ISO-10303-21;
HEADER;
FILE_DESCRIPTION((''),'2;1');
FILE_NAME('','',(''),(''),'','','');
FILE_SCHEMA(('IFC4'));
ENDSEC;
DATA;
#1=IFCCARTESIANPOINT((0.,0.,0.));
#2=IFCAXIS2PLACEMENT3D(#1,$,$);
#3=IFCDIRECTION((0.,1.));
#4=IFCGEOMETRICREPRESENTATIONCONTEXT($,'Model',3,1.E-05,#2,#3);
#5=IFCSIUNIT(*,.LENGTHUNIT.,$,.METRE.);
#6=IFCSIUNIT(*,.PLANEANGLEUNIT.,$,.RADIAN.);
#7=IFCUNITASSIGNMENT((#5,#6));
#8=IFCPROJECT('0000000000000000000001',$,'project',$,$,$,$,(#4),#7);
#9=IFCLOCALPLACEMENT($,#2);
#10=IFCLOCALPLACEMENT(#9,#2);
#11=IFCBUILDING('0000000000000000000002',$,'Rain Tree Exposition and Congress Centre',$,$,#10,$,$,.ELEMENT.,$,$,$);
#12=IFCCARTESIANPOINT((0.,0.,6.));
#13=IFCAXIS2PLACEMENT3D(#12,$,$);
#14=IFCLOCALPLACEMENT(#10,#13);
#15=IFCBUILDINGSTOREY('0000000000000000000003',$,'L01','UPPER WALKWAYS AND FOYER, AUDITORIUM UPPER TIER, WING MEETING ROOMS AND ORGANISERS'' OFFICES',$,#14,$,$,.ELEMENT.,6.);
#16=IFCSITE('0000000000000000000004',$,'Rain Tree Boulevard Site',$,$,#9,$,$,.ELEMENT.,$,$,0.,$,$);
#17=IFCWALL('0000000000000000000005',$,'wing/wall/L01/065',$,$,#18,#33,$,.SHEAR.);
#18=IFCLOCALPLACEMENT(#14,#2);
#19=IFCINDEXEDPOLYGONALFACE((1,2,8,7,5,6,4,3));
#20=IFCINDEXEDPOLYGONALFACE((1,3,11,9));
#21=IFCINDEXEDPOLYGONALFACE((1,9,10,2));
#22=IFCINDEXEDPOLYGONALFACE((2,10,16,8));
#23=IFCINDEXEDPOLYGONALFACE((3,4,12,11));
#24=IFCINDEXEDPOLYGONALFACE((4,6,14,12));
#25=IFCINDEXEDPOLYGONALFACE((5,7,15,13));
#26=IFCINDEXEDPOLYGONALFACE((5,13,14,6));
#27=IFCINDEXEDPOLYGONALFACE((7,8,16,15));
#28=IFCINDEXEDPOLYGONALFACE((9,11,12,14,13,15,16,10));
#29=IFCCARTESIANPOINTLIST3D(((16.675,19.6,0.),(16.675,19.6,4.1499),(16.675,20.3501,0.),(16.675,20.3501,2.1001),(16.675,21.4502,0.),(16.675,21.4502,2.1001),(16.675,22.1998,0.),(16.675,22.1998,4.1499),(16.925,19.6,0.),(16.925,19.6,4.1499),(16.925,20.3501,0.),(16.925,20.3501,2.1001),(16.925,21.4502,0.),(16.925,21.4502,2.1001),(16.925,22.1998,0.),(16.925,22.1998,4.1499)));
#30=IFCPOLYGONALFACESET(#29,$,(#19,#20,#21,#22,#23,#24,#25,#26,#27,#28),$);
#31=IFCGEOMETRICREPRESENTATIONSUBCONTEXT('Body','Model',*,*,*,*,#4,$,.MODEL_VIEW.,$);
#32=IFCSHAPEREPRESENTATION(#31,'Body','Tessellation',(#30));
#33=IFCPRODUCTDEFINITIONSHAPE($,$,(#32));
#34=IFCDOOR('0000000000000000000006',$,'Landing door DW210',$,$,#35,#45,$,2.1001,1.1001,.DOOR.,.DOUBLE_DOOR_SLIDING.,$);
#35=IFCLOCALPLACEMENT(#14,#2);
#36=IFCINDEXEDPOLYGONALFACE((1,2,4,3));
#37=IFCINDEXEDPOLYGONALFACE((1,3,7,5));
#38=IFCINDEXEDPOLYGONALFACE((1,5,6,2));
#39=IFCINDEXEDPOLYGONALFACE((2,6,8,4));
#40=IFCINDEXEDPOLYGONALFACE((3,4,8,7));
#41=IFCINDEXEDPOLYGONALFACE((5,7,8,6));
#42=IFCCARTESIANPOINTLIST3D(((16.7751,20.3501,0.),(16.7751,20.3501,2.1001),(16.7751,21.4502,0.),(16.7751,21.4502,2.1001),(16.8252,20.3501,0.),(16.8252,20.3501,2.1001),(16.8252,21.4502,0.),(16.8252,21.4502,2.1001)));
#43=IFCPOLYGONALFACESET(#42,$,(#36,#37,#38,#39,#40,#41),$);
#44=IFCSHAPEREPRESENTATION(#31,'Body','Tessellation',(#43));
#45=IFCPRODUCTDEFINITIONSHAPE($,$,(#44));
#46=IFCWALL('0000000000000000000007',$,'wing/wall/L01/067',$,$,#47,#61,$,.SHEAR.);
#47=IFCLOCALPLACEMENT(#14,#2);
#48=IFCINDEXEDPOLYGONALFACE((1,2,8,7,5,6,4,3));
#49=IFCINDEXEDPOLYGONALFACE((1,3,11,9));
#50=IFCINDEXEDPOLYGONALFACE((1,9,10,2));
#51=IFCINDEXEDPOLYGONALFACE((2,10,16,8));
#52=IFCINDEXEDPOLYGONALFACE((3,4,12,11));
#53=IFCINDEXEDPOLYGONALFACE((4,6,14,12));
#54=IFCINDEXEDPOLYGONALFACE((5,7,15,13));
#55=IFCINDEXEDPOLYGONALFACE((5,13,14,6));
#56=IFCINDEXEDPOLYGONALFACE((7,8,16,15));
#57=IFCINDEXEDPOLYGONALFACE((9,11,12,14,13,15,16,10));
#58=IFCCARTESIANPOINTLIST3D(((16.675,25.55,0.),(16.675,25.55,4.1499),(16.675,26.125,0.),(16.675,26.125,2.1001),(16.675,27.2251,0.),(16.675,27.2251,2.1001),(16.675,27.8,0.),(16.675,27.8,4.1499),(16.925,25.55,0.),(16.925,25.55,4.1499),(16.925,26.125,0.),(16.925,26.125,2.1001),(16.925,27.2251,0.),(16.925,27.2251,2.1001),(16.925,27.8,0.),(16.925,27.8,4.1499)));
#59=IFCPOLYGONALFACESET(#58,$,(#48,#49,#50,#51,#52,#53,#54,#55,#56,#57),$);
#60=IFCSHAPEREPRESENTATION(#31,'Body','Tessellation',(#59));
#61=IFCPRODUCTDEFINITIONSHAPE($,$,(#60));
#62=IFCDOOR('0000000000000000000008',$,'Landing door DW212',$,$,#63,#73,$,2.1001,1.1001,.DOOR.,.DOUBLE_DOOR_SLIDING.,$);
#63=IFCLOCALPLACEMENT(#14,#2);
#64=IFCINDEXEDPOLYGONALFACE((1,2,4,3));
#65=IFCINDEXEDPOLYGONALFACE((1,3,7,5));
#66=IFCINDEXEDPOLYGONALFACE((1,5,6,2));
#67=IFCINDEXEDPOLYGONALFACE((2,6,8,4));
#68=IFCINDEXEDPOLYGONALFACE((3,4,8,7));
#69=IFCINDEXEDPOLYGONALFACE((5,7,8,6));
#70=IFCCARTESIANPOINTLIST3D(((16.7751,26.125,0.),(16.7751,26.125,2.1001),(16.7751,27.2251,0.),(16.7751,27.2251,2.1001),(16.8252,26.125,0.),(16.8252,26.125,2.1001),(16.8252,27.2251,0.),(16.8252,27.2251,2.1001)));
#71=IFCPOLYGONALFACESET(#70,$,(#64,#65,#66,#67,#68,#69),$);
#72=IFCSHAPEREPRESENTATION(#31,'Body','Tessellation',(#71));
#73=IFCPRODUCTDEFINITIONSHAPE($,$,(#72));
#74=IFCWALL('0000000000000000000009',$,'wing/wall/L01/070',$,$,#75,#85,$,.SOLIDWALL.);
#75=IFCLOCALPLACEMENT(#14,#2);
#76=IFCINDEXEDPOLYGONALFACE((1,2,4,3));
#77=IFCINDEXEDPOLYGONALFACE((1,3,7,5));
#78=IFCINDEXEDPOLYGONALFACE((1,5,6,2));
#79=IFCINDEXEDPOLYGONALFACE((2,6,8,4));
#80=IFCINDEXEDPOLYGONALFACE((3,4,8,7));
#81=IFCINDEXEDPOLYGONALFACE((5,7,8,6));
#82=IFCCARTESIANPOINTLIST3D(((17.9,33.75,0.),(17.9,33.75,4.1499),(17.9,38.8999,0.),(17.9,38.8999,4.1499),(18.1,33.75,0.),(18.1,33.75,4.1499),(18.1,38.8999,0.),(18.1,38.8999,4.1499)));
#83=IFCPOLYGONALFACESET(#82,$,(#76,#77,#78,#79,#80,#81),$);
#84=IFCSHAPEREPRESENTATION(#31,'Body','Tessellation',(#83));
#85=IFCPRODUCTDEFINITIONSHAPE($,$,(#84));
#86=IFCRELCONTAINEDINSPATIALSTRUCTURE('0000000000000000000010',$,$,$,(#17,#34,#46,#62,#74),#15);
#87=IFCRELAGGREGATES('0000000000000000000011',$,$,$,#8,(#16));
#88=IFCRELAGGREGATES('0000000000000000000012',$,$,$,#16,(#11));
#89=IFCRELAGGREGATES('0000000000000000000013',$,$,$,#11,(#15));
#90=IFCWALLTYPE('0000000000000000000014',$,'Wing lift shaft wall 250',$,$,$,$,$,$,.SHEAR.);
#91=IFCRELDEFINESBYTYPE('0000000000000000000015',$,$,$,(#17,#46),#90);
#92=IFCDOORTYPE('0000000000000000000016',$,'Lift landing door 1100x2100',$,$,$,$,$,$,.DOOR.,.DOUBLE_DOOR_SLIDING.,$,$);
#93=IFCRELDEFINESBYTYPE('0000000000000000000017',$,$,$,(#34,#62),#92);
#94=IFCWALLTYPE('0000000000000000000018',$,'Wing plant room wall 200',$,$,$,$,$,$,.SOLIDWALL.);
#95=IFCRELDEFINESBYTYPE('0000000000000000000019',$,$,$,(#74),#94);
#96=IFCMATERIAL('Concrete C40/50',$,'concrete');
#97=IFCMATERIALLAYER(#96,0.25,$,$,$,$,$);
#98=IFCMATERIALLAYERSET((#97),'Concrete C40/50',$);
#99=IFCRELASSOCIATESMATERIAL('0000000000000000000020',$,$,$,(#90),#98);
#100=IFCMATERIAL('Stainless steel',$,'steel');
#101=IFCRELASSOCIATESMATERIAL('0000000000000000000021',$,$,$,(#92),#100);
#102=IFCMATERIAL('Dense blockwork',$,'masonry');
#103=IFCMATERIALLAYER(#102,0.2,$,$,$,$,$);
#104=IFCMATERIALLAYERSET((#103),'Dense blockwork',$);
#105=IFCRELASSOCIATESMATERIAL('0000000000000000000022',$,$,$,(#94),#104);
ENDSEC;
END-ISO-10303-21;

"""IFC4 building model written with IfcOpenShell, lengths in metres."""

from ifc_helpers import new_model, si_unit, direction, frame, frame_2d, origin, place, context, subcontext, project, spatial, rectangle, extrude, material, layer, layer_set, type_object, element, fill, save


model = new_model("IFC4")

# Units and contexts
model_context = context("Model", 3, precision=1e-05, world=origin(), true_north=direction((0.0, 1.0)))
body_context = subcontext(model_context, "Body", "Model", "MODEL_VIEW")
ifc_project = project(units=[si_unit("LENGTHUNIT", "METRE"), si_unit("PLANEANGLEUNIT", "RADIAN")], contexts=[model_context])

# Site, building, storey
site_placement = place(None, origin())
site = spatial("IfcSite", under=ifc_project, at=site_placement, Name="Rain Tree Boulevard Site", CompositionType="ELEMENT", RefElevation=0.0)
building_placement = place(site_placement, origin())
building = spatial("IfcBuilding", under=site, at=building_placement, Name="Rain Tree Exposition and Congress Centre", CompositionType="ELEMENT")
storey_placement = place(building_placement, frame((0.0, 0.0, 6.0)))
storey = spatial("IfcBuildingStorey", under=building, at=storey_placement, Name="L01", Description="UPPER WALKWAYS AND FOYER, AUDITORIUM UPPER TIER, WING MEETING ROOMS AND ORGANISERS' OFFICES", CompositionType="ELEMENT", Elevation=6.0)

# Shared definitions
ifc_material_1 = material(Name="Concrete C40/50", Category="concrete")
ifc_layer_1 = layer(ifc_material_1, 0.25)
ifc_layer_set_1 = layer_set([ifc_layer_1], Name="Concrete C40/50")
wall_type_1 = type_object("IfcWallType", Name="Wing lift shaft wall 250", PredefinedType="SHEAR", material=ifc_layer_set_1)

# Walls, openings, doors
wall_1_placement = place(storey_placement, frame((16.8, 19.6001, 0.0), z_axis=(0.0, 0.0, 1.0), x_axis=(0.0, 1.0, 0.0)))
wall_1 = element("IfcWall", 1, at=wall_1_placement, inside=storey, type_object=wall_type_1, Name="wing/wall/L01/065", PredefinedType="SHEAR", context=body_context, shape_type="SweptSolid", body=[
    extrude(rectangle(XDim=2.5999, YDim=0.25, at=frame_2d((1.2998, 0.0))), origin(), (0.0, 0.0, 1.0), 4.1499),
])
opening_1_placement = place(wall_1_placement, frame((0.75, 0.0, 0.0)))
opening_1 = element("IfcOpeningElement", 2, at=opening_1_placement, cuts=wall_1, PredefinedType="OPENING", context=body_context, shape_type="SweptSolid", body=[
    extrude(rectangle(XDim=1.1001, YDim=2.1001, at=frame_2d((0.55, 1.05))), frame((0.0, 0.125, 0.0), z_axis=(0.0, -1.0, 0.0), x_axis=(1.0, 0.0, 0.0)), (0.0, 0.0, 1.0), 0.25),
])
ifc_material_2 = material(Name="Stainless steel", Category="steel")
door_type_1 = type_object("IfcDoorType", Name="Lift landing door 1100x2100", OperationType="DOUBLE_DOOR_SLIDING", PredefinedType="DOOR", material=ifc_material_2)
door_1_placement = place(opening_1_placement, origin())
door_1 = element("IfcDoor", 3, at=door_1_placement, inside=storey, type_object=door_type_1, Name="Landing door DW210", OperationType="DOUBLE_DOOR_SLIDING", OverallHeight=2.1001, OverallWidth=1.1001, PredefinedType="DOOR", context=body_context, shape_type="SweptSolid", body=[
    extrude(rectangle(XDim=1.1001, YDim=2.1001, at=frame_2d((0.55, 1.05))), frame((0.0, 0.0249, 0.0), z_axis=(0.0, -1.0, 0.0), x_axis=(1.0, 0.0, 0.0)), (0.0, 0.0, 1.0), 0.05),
])
fill(opening_1, door_1)
wall_2_placement = place(storey_placement, frame((16.8, 25.55, 0.0), z_axis=(0.0, 0.0, 1.0), x_axis=(0.0, 1.0, 0.0)))
wall_2 = element("IfcWall", 4, at=wall_2_placement, inside=storey, type_object=wall_type_1, Name="wing/wall/L01/067", PredefinedType="SHEAR", context=body_context, shape_type="SweptSolid", body=[
    extrude(rectangle(XDim=2.25, YDim=0.25, at=frame_2d((1.125, 0.0))), origin(), (0.0, 0.0, 1.0), 4.1499),
])
opening_2_placement = place(wall_2_placement, frame((0.575, 0.0, 0.0)))
opening_2 = element("IfcOpeningElement", 5, at=opening_2_placement, cuts=wall_2, PredefinedType="OPENING", context=body_context, shape_type="SweptSolid", body=[
    extrude(rectangle(XDim=1.1001, YDim=2.1001, at=frame_2d((0.55, 1.05))), frame((0.0, 0.125, 0.0), z_axis=(0.0, -1.0, 0.0), x_axis=(1.0, 0.0, 0.0)), (0.0, 0.0, 1.0), 0.25),
])
door_2_placement = place(opening_2_placement, origin())
door_2 = element("IfcDoor", 6, at=door_2_placement, inside=storey, type_object=door_type_1, Name="Landing door DW212", OperationType="DOUBLE_DOOR_SLIDING", OverallHeight=2.1001, OverallWidth=1.1001, PredefinedType="DOOR", context=body_context, shape_type="SweptSolid", body=[
    extrude(rectangle(XDim=1.1001, YDim=2.1001, at=frame_2d((0.55, 1.05))), frame((0.0, 0.0249, 0.0), z_axis=(0.0, -1.0, 0.0), x_axis=(1.0, 0.0, 0.0)), (0.0, 0.0, 1.0), 0.05),
])
fill(opening_2, door_2)

# Wall
ifc_material_3 = material(Name="Dense blockwork", Category="masonry")
ifc_layer_2 = layer(ifc_material_3, 0.2)
ifc_layer_set_2 = layer_set([ifc_layer_2], Name="Dense blockwork")
wall_type_2 = type_object("IfcWallType", Name="Wing plant room wall 200", PredefinedType="SOLIDWALL", material=ifc_layer_set_2)
wall_3_placement = place(storey_placement, frame((18.0, 33.75, 0.0), z_axis=(0.0, 0.0, 1.0), x_axis=(0.0, 1.0, 0.0)))
element("IfcWall", 7, at=wall_3_placement, inside=storey, type_object=wall_type_2, Name="wing/wall/L01/070", PredefinedType="SOLIDWALL", context=body_context, shape_type="SweptSolid", body=[
    extrude(rectangle(XDim=5.1499, YDim=0.2, at=frame_2d((2.575, 0.0))), origin(), (0.0, 0.0, 1.0), 4.1499),
])

save(model, "model.ifc")
